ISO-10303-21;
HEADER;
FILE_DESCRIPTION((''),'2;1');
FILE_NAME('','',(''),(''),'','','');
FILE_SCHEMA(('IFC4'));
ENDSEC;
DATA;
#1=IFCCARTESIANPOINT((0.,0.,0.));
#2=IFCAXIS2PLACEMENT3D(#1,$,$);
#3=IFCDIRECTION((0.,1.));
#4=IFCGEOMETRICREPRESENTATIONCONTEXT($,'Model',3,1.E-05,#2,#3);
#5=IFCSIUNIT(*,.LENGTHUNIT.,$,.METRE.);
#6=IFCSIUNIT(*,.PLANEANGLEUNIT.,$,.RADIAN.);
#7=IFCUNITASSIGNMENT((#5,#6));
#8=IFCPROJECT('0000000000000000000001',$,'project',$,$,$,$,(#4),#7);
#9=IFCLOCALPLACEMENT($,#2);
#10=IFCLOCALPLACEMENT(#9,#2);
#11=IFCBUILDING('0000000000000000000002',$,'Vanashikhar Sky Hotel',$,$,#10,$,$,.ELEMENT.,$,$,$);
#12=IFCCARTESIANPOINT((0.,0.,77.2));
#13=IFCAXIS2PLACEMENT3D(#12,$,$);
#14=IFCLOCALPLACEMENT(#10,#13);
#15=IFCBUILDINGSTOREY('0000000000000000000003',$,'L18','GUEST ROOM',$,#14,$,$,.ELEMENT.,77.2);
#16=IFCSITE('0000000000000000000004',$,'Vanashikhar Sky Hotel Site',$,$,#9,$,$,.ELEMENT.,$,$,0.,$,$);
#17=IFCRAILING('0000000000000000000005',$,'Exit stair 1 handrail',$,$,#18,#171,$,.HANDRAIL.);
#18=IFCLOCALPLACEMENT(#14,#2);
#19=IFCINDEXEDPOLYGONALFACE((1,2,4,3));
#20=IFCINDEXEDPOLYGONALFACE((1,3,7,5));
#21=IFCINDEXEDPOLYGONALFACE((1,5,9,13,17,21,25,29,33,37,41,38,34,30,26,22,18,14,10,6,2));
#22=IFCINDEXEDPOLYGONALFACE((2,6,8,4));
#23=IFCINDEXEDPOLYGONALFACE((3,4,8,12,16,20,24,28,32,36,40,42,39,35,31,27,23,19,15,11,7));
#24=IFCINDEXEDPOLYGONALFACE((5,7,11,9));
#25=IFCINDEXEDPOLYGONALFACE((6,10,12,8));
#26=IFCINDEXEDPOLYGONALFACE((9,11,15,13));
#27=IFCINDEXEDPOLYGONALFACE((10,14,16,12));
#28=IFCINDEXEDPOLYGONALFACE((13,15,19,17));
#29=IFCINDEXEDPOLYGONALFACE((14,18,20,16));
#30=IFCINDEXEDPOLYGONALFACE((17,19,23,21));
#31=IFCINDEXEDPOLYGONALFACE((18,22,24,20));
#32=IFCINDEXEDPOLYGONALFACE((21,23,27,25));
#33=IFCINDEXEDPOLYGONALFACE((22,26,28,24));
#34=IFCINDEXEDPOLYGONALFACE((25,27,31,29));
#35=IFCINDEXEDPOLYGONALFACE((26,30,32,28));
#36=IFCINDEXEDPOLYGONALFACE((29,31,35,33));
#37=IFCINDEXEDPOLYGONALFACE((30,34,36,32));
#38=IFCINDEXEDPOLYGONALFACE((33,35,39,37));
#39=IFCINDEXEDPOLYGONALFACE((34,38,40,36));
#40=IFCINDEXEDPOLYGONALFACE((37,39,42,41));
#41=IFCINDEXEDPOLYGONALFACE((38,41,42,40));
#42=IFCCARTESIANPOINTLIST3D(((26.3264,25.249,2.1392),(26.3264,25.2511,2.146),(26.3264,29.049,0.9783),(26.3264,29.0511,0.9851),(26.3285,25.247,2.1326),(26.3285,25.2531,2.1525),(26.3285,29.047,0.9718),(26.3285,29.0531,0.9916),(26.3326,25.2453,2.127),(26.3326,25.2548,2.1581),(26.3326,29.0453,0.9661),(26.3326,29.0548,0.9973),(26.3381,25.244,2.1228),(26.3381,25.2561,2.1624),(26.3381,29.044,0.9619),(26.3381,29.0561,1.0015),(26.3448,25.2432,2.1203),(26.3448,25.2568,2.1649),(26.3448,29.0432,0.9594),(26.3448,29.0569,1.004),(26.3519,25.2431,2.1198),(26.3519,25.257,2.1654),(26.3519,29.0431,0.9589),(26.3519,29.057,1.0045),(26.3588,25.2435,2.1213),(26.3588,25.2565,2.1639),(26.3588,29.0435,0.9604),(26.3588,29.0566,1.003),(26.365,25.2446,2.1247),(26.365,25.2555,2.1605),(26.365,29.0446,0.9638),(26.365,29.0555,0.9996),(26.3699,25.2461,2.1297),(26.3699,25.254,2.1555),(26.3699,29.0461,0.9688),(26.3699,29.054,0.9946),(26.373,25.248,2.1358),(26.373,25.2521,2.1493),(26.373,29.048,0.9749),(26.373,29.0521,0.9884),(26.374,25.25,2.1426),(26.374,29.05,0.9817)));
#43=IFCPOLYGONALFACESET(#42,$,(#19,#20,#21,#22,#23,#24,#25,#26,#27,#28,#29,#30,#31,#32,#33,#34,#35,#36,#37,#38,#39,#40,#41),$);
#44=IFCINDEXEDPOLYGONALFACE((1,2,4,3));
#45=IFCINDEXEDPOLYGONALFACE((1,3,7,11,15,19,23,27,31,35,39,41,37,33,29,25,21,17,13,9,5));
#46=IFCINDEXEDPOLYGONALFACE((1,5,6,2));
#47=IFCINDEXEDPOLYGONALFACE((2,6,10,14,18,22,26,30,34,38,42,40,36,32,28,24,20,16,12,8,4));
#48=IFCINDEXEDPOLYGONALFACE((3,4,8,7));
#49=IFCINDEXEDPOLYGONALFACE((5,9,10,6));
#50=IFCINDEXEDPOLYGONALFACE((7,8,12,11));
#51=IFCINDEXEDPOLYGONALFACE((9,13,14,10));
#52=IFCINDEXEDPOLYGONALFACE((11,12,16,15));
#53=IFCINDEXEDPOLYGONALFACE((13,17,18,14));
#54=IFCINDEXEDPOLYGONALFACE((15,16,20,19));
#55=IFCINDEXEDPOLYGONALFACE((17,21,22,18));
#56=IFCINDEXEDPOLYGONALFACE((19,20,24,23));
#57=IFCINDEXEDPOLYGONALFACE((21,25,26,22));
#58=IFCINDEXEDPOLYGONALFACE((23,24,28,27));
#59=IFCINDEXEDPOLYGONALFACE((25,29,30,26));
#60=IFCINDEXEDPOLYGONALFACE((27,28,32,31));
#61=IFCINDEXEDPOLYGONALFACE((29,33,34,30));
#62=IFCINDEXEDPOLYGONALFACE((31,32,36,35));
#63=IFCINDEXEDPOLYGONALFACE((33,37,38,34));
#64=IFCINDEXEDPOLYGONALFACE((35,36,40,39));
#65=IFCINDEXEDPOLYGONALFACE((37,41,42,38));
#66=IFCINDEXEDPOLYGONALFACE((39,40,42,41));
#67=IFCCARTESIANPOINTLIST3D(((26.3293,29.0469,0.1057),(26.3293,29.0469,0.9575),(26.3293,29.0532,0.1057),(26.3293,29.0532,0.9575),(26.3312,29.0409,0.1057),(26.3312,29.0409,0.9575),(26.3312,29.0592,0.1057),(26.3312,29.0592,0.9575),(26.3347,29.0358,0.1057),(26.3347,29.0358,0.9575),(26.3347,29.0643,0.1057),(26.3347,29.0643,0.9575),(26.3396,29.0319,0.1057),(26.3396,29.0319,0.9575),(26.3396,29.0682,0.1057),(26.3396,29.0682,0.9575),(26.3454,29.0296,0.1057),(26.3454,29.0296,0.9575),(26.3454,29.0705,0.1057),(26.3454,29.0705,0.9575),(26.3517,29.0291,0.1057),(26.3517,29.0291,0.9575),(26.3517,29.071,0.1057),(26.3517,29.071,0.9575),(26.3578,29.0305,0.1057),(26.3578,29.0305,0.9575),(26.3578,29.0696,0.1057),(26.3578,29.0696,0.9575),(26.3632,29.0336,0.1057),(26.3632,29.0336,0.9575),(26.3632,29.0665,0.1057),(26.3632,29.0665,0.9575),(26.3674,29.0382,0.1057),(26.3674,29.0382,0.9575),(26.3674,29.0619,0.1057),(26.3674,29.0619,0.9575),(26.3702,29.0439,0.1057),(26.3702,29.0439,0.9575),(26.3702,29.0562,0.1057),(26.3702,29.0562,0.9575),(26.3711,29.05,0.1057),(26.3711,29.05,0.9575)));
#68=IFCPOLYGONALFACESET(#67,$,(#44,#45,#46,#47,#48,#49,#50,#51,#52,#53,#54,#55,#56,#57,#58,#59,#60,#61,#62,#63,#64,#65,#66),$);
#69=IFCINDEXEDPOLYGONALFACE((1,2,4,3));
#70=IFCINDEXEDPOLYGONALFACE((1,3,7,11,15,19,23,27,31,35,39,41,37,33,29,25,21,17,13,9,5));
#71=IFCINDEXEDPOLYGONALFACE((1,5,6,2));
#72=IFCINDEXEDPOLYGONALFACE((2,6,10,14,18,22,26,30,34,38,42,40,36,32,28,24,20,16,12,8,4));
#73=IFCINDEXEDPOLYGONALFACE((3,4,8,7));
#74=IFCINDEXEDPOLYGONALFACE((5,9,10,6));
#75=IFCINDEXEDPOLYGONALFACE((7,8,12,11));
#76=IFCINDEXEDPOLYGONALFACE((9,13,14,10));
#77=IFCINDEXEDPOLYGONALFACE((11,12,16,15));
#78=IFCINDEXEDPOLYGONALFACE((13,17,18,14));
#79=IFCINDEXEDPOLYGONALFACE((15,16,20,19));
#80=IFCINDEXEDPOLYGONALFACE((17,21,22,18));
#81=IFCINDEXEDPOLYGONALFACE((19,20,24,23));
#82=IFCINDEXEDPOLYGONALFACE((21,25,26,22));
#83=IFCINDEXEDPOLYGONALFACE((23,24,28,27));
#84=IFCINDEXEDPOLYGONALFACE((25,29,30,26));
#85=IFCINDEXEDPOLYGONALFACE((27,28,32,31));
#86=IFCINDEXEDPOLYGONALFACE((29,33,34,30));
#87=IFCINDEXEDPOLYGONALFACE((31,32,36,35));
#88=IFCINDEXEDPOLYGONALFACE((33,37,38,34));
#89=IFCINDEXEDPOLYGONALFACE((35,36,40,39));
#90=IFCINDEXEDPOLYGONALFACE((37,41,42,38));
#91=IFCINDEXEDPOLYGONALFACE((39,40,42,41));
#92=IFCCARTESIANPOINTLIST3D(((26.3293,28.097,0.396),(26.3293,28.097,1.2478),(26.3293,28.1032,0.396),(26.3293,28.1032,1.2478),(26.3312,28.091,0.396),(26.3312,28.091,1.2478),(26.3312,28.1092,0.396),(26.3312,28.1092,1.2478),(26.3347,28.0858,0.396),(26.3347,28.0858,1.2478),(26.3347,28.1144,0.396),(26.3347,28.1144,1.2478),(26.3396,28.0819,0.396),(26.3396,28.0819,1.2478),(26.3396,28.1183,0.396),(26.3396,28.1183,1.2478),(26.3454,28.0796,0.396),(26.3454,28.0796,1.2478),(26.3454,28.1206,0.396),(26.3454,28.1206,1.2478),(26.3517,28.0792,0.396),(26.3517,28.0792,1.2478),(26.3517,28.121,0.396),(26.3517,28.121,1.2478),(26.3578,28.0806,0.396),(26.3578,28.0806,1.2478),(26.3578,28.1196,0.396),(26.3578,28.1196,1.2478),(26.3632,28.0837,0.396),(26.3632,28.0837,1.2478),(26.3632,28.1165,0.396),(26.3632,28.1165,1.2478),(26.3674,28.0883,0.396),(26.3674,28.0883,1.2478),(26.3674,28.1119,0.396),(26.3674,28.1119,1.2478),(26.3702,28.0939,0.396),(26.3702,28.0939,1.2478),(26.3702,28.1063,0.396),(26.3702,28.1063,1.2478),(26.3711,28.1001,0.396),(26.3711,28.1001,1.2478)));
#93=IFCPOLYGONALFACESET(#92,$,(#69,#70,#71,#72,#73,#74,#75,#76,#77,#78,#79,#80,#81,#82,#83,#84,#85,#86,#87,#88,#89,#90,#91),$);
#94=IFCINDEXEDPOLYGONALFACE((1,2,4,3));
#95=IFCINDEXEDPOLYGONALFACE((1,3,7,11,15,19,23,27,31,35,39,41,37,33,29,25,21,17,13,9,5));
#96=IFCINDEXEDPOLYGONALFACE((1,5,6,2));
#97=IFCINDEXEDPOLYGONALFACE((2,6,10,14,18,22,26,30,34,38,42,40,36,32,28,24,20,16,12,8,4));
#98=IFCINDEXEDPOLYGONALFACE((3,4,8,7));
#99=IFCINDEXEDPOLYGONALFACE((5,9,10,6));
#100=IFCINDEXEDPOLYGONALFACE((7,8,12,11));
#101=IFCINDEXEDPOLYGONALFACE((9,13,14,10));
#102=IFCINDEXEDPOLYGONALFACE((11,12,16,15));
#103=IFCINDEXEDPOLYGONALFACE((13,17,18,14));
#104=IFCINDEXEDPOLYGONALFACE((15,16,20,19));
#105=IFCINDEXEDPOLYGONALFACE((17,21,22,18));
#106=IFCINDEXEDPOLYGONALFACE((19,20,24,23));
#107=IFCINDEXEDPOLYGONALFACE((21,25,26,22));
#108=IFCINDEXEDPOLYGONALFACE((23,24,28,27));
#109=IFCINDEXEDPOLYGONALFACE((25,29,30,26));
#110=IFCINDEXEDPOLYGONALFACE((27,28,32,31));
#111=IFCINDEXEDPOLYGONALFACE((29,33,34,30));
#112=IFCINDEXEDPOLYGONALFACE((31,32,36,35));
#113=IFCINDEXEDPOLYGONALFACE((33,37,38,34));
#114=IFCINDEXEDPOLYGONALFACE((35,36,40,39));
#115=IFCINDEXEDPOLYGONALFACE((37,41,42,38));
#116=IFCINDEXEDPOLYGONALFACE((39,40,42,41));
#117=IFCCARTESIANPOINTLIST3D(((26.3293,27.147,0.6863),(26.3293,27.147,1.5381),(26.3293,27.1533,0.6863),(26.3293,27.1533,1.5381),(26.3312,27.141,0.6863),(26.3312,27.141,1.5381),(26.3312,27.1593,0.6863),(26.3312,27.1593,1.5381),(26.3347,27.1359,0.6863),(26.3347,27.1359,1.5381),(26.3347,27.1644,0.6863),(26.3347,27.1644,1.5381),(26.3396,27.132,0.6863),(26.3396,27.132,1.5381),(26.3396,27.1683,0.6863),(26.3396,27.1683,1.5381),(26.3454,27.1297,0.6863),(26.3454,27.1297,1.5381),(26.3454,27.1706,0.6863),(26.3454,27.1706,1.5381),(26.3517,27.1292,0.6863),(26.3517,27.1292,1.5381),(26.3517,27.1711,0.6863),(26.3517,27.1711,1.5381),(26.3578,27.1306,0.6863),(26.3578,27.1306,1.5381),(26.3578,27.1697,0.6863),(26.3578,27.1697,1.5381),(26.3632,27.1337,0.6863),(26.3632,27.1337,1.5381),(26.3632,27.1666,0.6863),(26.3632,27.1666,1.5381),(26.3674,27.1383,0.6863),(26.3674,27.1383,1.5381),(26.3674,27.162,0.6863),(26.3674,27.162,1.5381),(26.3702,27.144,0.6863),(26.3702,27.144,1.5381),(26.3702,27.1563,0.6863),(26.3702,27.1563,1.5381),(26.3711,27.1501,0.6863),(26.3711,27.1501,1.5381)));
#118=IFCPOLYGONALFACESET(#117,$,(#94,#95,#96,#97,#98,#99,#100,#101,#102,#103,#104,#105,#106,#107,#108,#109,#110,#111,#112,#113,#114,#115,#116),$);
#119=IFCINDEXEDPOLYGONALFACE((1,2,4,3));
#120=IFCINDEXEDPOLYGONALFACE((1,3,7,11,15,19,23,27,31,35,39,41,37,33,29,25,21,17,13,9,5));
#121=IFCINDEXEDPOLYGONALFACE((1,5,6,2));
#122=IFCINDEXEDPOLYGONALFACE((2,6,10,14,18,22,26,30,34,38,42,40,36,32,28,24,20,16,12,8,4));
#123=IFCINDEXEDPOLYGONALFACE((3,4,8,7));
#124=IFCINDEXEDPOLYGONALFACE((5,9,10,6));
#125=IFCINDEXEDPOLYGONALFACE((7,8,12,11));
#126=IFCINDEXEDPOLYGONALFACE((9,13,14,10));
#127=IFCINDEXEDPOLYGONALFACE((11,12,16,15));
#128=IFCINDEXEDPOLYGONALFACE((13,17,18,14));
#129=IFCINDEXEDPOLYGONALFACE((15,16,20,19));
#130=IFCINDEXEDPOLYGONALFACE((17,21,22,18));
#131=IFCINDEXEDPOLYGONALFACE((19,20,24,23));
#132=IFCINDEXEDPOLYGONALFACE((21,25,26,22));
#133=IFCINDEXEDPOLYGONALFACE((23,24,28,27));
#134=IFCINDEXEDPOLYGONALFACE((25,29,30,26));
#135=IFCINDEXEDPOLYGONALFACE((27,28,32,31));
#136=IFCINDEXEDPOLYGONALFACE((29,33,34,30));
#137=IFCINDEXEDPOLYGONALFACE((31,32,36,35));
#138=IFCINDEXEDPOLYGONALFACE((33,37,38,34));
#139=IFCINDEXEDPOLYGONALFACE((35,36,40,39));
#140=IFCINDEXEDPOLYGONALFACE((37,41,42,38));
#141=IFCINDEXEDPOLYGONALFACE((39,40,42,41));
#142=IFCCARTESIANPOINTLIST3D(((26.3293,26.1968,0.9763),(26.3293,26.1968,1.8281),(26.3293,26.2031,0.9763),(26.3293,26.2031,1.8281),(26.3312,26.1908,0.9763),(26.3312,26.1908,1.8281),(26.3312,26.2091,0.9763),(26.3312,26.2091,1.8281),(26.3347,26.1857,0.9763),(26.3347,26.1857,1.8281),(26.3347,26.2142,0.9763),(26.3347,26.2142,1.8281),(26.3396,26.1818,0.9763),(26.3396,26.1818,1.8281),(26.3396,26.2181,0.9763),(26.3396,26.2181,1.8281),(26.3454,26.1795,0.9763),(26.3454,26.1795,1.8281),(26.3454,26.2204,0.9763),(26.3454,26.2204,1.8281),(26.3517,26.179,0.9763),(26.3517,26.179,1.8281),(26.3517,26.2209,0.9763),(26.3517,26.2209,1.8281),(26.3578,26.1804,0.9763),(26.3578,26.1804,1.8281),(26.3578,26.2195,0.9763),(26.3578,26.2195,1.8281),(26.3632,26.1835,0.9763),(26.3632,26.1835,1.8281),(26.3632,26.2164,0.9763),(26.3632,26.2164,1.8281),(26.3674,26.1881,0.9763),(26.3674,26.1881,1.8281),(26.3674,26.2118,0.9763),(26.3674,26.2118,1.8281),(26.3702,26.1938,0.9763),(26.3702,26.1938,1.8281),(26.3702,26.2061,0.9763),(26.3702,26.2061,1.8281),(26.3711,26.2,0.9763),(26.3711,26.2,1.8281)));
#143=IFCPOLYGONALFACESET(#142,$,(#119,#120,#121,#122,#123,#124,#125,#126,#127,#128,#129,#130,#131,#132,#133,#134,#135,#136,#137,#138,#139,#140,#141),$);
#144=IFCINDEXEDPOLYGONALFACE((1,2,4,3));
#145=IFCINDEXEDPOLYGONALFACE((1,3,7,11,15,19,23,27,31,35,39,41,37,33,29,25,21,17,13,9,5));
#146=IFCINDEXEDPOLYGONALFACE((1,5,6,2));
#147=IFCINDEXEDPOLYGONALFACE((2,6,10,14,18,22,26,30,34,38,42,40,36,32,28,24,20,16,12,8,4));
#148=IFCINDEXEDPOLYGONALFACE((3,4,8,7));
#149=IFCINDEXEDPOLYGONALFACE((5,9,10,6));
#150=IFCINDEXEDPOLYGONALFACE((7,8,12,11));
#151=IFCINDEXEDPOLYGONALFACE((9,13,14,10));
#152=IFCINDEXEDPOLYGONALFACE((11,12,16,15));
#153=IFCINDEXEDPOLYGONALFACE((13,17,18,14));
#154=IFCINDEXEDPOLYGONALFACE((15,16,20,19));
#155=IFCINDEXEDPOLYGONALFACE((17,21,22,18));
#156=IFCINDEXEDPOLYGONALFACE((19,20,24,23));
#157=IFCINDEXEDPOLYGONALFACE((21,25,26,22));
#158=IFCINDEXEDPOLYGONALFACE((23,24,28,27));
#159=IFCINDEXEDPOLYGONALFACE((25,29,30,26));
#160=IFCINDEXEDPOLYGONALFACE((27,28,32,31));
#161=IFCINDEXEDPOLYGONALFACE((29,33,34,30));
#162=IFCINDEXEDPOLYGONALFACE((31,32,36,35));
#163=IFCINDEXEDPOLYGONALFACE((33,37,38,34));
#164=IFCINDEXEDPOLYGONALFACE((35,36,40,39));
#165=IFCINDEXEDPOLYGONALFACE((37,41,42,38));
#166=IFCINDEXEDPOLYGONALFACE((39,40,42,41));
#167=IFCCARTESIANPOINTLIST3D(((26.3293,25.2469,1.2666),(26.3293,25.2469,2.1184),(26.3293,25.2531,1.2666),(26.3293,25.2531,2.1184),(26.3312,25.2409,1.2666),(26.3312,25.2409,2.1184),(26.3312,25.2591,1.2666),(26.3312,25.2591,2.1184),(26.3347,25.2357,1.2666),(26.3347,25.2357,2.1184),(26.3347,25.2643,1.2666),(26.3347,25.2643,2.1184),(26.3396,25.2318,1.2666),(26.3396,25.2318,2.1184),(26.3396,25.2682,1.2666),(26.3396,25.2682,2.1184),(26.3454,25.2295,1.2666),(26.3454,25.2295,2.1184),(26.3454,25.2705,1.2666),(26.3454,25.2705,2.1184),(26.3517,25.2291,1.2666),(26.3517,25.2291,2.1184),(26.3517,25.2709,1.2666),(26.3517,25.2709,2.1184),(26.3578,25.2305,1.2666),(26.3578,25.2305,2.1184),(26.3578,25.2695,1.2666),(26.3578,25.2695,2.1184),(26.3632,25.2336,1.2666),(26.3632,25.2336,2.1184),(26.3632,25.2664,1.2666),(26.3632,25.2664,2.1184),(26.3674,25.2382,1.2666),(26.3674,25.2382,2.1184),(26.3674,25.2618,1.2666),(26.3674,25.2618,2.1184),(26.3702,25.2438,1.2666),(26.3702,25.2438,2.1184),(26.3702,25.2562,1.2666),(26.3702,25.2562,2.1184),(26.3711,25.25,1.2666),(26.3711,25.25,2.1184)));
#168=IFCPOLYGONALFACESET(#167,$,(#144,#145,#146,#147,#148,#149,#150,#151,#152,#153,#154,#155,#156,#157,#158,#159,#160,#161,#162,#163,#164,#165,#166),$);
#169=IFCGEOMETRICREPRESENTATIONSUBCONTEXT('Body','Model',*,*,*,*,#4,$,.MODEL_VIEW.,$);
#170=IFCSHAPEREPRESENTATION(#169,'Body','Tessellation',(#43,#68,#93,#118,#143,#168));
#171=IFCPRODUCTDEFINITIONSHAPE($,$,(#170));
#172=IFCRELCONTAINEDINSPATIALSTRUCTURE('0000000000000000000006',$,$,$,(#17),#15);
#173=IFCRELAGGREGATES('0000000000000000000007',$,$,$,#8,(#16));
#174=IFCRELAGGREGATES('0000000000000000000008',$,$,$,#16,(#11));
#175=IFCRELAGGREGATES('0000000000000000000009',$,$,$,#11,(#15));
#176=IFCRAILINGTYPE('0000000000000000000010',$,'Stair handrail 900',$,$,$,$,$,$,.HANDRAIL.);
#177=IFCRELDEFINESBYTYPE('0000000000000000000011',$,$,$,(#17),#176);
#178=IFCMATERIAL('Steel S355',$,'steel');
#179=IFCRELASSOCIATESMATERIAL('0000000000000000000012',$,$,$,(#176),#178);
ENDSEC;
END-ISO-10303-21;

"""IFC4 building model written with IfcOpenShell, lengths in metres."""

from ifc_helpers import new_model, si_unit, direction, frame, origin, origin_2d, place, context, subcontext, project, spatial, circle, extrude, source, transform, mapped, material, type_object, element, save


model = new_model("IFC4")

# Units and contexts
model_context = context("Model", 3, precision=1e-05, world=origin(), true_north=direction((0.0, 1.0)))
body_context = subcontext(model_context, "Body", "Model", "MODEL_VIEW")
ifc_project = project(units=[si_unit("LENGTHUNIT", "METRE"), si_unit("PLANEANGLEUNIT", "RADIAN")], contexts=[model_context])

# Site, building, storey
site_placement = place(None, origin())
site = spatial("IfcSite", under=ifc_project, at=site_placement, Name="Vanashikhar Sky Hotel Site", CompositionType="ELEMENT", RefElevation=0.0)
building_placement = place(site_placement, origin())
building = spatial("IfcBuilding", under=site, at=building_placement, Name="Vanashikhar Sky Hotel", CompositionType="ELEMENT")
storey_placement = place(building_placement, frame((0.0, 0.0, 77.2)))
storey = spatial("IfcBuildingStorey", under=building, at=storey_placement, Name="L18", Description="GUEST ROOM", CompositionType="ELEMENT", Elevation=77.2)

# Railing
ifc_material_1 = material(Name="Steel S355", Category="steel")
railing_type_1 = type_object("IfcRailingType", Name="Stair handrail 900", PredefinedType="HANDRAIL", material=ifc_material_1)
shared_shape_1 = source(origin(), body_context, "Body", "SweptSolid", [
    extrude(circle(Radius=0.0239, at=origin_2d()), frame((0.0, 0.0, 0.876), z_axis=(0.0, -0.956368, 0.292164), x_axis=(1.0, 0.0, 0.0)), (0.0, 0.0, 1.0), 3.9734),
    extrude(circle(Radius=0.021, at=origin_2d()), origin(), (0.0, 0.0, 1.0), 0.8518),
    extrude(circle(Radius=0.021, at=origin_2d()), frame((0.0, -0.95, 0.2903)), (0.0, 0.0, 1.0), 0.8518),
    extrude(circle(Radius=0.021, at=origin_2d()), frame((0.0, -1.8999, 0.5806)), (0.0, 0.0, 1.0), 0.8518),
    extrude(circle(Radius=0.021, at=origin_2d()), frame((0.0, -2.8501, 0.8706)), (0.0, 0.0, 1.0), 0.8518),
    extrude(circle(Radius=0.021, at=origin_2d()), frame((0.0, -3.8, 1.1609)), (0.0, 0.0, 1.0), 0.8518),
])
railing_1_placement = place(storey_placement, frame((26.3501, 29.05, 0.1057)))
element("IfcRailing", 1, at=railing_1_placement, inside=storey, type_object=railing_type_1, Name="Exit stair 1 handrail", PredefinedType="HANDRAIL", context=body_context, shape_type="MappedRepresentation", body=[
    mapped(shared_shape_1, transform((0.0, 0.0, 0.0), scale=1.0)),
])

save(model, "model.ifc")
